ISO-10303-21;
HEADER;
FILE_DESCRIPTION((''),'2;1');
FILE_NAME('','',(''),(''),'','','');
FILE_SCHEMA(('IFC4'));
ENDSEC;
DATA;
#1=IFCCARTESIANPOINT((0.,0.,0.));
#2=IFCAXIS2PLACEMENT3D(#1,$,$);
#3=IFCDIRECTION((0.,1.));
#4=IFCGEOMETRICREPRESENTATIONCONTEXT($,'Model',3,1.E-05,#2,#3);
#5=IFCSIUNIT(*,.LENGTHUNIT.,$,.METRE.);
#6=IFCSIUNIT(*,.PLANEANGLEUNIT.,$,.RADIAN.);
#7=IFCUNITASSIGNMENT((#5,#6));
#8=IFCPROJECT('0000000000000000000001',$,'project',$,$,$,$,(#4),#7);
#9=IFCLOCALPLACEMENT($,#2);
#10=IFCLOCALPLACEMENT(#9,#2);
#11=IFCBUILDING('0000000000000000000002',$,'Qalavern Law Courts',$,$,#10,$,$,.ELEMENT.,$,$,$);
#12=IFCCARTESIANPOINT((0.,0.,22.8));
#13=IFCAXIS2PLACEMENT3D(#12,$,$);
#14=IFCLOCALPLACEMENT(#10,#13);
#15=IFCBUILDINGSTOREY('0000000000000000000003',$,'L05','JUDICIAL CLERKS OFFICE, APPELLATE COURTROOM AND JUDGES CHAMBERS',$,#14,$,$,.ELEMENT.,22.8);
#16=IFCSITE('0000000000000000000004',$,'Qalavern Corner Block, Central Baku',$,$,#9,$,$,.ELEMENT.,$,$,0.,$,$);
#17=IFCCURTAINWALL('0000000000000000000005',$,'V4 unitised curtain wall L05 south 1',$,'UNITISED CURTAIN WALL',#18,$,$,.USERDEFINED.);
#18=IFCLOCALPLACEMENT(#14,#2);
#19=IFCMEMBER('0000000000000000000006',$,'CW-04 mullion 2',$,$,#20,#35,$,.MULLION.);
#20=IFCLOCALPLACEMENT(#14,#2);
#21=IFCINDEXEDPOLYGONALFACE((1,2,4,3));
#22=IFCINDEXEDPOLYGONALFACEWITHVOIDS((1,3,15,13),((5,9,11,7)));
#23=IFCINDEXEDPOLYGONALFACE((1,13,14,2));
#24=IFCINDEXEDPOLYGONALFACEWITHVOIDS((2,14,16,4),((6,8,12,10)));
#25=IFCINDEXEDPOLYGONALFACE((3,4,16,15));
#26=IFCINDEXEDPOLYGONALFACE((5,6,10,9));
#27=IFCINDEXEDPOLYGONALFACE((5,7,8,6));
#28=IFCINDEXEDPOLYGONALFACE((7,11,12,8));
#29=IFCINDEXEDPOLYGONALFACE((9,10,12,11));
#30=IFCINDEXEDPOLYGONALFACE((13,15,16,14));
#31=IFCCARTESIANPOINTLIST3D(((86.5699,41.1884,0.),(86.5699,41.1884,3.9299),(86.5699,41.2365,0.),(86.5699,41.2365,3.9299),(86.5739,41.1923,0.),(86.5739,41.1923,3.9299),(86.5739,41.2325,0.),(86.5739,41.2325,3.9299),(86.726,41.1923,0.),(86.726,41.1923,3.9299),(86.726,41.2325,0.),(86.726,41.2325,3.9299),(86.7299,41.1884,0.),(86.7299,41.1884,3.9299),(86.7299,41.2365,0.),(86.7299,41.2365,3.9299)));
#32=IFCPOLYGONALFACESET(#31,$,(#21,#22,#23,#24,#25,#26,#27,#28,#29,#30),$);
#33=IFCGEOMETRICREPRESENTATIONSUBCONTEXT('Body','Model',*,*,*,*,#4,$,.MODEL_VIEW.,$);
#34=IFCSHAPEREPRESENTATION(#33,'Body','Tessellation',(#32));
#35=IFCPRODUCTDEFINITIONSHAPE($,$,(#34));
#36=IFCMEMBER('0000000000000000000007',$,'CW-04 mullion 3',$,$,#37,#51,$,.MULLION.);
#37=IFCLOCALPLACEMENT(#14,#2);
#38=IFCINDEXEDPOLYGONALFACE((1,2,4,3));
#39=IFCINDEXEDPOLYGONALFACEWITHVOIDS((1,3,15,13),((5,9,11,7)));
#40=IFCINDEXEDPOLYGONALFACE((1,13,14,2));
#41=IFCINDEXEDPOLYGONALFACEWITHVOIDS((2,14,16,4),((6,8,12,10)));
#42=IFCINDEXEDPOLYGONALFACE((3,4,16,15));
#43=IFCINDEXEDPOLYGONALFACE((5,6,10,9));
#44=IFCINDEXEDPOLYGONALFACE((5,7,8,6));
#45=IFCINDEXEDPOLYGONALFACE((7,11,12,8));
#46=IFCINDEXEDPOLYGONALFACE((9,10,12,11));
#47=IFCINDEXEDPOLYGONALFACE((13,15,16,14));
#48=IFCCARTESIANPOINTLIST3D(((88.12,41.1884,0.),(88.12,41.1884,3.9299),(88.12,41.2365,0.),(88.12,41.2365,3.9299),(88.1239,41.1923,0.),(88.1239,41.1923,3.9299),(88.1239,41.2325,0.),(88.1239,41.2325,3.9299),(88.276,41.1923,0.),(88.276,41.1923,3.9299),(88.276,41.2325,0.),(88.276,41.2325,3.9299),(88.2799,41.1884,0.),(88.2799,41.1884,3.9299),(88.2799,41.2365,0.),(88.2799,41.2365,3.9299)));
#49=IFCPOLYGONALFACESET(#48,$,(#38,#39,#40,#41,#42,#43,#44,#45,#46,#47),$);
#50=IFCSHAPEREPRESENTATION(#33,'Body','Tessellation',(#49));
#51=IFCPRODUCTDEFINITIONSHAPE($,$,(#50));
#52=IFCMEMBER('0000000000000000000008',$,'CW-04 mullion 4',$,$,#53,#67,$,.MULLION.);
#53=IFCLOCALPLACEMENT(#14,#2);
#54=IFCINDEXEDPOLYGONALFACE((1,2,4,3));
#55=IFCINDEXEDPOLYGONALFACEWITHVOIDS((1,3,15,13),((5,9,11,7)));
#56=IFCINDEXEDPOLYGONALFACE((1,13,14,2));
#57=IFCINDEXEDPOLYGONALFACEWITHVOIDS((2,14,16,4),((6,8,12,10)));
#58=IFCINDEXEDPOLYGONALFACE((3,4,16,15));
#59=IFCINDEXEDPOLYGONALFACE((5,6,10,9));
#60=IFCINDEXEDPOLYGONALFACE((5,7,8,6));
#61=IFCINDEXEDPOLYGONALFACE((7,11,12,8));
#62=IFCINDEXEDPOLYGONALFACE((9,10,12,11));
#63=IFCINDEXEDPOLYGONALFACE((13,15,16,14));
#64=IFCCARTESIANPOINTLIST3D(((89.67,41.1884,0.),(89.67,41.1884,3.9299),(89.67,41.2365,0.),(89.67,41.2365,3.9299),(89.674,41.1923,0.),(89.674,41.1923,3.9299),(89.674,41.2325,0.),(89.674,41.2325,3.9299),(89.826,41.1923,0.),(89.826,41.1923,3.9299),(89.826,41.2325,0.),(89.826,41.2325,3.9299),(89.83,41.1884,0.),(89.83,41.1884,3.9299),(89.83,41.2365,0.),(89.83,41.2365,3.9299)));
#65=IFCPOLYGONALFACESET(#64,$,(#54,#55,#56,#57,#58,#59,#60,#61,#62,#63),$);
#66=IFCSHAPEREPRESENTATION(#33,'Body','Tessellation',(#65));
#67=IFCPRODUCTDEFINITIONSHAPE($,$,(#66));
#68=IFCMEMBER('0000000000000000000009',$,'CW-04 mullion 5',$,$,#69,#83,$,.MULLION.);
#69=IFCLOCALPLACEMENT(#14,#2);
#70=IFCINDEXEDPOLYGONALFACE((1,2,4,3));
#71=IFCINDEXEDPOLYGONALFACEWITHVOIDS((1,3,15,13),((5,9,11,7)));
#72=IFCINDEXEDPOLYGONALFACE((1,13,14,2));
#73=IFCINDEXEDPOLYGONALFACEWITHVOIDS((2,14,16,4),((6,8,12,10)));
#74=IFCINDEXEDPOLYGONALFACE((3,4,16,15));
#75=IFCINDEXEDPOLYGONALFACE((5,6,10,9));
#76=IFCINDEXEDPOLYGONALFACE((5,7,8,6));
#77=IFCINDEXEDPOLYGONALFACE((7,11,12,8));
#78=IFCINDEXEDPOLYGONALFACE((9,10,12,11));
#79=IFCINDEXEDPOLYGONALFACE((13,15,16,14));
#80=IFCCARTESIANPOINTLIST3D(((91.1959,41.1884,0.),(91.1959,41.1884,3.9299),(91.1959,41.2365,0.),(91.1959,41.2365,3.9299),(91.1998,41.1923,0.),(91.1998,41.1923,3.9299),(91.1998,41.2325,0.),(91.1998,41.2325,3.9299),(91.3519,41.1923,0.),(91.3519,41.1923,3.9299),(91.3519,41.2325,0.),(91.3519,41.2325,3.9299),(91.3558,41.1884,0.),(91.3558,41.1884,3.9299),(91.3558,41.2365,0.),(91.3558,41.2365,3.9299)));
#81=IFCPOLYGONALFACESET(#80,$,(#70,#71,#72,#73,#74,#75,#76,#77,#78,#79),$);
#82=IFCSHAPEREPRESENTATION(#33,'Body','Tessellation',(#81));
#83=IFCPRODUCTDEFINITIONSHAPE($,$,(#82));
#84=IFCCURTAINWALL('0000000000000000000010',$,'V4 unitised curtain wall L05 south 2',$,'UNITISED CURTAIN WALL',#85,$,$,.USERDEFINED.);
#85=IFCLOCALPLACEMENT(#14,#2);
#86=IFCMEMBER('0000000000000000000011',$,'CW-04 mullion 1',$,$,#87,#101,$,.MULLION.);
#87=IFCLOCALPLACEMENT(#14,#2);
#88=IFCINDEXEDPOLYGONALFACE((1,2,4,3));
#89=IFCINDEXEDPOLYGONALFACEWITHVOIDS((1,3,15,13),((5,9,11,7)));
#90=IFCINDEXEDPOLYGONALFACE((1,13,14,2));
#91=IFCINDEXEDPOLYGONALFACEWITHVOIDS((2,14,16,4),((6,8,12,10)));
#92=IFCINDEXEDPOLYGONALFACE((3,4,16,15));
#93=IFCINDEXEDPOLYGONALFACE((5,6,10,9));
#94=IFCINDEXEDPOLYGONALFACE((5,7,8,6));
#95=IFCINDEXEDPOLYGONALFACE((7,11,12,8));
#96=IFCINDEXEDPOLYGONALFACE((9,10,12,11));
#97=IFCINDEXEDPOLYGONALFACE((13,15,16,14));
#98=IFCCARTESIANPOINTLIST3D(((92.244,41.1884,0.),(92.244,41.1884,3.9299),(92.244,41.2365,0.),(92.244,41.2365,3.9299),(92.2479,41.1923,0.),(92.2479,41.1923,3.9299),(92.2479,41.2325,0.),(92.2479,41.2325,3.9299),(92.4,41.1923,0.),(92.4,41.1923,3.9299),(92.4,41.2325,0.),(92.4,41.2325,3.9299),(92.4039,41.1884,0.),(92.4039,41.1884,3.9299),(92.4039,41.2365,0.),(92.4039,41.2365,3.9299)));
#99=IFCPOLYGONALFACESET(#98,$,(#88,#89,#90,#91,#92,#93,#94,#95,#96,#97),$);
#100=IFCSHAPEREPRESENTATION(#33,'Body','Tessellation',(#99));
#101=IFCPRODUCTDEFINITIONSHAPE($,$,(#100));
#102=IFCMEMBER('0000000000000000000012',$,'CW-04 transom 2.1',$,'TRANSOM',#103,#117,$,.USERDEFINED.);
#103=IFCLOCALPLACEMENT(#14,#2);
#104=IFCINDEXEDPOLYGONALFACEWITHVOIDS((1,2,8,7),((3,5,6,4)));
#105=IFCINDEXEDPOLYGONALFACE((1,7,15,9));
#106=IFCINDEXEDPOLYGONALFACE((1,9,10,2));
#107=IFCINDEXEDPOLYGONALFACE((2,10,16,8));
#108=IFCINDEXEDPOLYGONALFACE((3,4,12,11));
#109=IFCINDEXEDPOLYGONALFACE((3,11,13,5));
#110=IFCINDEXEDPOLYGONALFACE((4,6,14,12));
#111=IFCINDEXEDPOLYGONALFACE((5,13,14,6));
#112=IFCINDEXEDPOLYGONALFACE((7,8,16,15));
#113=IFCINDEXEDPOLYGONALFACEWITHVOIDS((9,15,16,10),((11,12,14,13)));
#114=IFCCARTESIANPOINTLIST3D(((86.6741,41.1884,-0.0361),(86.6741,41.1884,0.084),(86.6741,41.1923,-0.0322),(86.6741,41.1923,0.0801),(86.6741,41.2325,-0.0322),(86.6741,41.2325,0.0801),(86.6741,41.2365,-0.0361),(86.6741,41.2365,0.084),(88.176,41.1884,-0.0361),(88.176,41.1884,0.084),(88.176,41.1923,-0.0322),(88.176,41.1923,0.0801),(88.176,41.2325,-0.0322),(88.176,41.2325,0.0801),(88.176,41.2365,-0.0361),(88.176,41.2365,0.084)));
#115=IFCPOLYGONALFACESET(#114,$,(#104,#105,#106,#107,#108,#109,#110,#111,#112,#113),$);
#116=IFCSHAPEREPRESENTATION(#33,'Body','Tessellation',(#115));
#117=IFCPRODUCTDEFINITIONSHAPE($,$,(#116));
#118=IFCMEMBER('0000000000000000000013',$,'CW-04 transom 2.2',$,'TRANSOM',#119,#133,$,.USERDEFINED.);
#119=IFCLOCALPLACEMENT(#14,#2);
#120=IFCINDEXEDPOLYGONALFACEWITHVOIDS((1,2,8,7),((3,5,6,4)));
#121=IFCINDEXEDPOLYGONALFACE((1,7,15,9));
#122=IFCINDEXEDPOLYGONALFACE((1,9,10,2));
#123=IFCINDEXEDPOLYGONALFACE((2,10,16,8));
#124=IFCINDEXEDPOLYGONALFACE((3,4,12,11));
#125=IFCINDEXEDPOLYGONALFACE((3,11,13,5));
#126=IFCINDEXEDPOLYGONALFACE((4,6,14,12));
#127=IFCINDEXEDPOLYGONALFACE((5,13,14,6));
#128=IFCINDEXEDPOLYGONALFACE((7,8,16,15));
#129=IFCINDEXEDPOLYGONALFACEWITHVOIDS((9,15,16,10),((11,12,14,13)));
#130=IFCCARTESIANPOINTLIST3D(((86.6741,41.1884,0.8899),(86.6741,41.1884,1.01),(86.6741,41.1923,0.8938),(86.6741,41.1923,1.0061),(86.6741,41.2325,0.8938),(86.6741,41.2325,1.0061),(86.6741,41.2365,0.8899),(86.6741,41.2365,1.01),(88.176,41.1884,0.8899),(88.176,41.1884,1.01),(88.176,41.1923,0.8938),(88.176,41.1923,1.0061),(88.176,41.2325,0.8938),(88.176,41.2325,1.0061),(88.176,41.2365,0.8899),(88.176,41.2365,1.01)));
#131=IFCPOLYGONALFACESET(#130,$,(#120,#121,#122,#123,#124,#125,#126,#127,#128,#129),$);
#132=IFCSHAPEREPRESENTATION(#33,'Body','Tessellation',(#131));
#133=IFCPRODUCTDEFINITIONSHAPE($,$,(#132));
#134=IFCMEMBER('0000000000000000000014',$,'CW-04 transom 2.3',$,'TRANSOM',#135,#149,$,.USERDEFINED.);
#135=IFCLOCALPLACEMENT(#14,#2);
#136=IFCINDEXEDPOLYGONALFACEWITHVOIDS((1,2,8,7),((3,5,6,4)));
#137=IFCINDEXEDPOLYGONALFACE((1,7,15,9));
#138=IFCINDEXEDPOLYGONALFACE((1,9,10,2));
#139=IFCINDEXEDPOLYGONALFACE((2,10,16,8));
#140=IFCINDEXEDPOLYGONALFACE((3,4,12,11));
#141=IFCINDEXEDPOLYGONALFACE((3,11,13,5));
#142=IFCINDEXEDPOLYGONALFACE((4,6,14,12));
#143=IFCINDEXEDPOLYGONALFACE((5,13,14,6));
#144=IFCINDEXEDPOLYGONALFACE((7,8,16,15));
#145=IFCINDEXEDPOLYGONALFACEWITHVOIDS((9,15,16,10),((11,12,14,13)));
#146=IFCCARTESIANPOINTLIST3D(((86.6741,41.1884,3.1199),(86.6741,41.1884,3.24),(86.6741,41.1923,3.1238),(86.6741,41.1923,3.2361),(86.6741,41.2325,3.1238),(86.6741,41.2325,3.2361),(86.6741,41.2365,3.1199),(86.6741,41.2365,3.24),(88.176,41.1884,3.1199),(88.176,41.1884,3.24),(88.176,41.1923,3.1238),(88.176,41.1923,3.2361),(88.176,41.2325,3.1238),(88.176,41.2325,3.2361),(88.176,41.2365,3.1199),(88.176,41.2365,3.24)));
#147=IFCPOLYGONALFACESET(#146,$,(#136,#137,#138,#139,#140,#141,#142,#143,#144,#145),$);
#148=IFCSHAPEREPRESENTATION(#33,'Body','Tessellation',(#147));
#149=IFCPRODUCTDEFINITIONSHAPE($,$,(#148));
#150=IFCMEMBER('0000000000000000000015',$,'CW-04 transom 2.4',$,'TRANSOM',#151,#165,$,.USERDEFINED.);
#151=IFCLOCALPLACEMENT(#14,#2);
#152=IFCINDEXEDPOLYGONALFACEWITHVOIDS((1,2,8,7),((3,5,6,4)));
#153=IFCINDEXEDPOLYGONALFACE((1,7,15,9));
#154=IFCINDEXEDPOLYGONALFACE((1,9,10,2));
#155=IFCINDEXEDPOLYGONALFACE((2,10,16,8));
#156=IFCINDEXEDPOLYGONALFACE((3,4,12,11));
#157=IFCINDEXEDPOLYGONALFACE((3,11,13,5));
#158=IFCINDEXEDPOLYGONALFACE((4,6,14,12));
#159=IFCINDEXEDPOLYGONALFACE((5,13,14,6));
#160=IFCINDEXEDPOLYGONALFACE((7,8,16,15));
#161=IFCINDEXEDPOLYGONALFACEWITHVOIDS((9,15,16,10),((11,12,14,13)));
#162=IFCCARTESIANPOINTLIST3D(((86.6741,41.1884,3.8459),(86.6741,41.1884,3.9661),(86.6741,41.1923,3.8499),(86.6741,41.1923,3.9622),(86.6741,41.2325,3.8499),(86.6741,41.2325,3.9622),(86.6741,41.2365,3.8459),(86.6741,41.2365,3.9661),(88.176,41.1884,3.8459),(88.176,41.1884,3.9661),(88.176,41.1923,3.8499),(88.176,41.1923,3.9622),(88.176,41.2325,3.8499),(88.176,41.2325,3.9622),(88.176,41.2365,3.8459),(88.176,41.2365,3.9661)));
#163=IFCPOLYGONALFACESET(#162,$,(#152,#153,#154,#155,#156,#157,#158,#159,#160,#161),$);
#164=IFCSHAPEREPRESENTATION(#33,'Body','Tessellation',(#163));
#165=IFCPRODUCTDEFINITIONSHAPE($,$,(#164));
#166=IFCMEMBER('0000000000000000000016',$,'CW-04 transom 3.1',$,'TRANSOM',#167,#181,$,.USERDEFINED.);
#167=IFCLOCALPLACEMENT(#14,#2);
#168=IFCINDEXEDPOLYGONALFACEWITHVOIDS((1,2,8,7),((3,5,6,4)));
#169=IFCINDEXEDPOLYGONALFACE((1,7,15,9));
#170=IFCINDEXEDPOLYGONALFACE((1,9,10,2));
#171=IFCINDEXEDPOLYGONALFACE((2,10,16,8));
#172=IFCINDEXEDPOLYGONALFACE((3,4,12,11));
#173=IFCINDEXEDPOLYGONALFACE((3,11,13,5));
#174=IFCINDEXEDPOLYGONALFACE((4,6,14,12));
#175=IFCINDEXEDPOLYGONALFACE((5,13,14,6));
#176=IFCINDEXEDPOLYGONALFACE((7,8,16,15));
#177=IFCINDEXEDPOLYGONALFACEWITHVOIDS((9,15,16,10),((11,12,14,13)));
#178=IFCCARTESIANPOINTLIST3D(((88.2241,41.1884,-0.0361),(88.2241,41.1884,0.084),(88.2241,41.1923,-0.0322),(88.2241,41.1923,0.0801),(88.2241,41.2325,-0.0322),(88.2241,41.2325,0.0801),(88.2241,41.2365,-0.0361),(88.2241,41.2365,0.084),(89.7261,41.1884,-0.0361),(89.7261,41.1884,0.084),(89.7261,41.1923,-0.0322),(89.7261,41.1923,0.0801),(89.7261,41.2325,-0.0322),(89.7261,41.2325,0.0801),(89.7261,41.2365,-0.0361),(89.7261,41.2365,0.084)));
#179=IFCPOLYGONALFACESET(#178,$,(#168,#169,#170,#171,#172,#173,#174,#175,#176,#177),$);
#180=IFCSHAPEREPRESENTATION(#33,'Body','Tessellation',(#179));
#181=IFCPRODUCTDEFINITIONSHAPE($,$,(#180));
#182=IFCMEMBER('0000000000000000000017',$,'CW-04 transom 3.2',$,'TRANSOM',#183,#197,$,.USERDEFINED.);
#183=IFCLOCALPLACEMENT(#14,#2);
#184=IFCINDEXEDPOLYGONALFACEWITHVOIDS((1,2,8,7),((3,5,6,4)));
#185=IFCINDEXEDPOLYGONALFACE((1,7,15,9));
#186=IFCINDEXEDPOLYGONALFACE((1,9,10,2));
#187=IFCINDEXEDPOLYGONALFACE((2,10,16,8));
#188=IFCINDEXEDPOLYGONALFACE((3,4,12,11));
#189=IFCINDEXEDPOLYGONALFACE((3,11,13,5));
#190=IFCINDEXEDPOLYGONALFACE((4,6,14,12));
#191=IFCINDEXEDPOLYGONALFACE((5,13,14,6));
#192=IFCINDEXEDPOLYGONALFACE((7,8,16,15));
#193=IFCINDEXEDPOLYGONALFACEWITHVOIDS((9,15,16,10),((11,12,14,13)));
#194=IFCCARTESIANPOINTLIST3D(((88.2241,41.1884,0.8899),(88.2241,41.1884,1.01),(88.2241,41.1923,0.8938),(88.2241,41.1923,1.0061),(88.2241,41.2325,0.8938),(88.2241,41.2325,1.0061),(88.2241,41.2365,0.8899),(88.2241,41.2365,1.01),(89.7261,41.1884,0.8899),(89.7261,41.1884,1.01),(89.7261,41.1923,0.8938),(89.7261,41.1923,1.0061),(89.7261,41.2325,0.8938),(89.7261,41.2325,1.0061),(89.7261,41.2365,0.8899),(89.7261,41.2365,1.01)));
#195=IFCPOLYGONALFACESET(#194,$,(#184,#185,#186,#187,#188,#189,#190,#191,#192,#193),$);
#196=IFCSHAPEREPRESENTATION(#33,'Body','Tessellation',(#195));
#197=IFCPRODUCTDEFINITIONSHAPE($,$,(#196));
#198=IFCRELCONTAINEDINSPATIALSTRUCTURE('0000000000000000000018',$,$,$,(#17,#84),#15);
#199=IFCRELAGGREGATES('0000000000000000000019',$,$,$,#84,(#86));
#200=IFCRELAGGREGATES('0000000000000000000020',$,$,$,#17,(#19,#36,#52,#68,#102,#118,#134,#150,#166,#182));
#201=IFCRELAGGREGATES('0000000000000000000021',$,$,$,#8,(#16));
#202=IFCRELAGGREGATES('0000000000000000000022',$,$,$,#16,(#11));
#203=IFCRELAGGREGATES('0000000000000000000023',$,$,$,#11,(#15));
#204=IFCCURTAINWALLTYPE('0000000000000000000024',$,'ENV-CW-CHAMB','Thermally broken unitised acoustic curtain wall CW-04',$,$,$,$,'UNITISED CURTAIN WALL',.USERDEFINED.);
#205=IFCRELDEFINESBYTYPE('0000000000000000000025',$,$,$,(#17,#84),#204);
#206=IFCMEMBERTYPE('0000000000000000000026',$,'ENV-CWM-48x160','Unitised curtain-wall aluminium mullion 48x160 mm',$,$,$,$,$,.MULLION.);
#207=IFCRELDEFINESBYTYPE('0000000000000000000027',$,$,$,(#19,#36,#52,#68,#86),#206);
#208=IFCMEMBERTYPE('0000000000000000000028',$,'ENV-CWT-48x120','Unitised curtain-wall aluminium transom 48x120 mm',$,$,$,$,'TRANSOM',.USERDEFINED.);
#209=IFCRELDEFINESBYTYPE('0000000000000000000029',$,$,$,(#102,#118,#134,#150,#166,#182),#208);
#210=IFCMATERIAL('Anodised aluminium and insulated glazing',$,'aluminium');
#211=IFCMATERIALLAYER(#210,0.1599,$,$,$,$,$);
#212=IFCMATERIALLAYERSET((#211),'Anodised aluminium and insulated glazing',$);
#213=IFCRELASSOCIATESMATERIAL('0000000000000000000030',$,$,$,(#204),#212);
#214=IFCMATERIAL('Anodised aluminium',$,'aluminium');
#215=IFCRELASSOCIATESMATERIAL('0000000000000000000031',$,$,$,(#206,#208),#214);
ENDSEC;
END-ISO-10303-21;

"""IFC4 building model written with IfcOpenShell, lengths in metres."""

from ifc_helpers import new_model, si_unit, direction, frame, origin, origin_2d, place, context, subcontext, project, spatial, hollow_rectangle, extrude, material, layer, layer_set, material_profile, profile_set, type_object, element, aggregate, save


model = new_model("IFC4")

# Units and contexts
model_context = context("Model", 3, precision=1e-05, world=origin(), true_north=direction((0.0, 1.0)))
body_context = subcontext(model_context, "Body", "Model", "MODEL_VIEW")
ifc_project = project(units=[si_unit("LENGTHUNIT", "METRE"), si_unit("PLANEANGLEUNIT", "RADIAN")], contexts=[model_context])

# Site, building, storey
site_placement = place(None, origin())
site = spatial("IfcSite", under=ifc_project, at=site_placement, Name="Qalavern Corner Block, Central Baku", CompositionType="ELEMENT", RefElevation=0.0)
building_placement = place(site_placement, origin())
building = spatial("IfcBuilding", under=site, at=building_placement, Name="Qalavern Law Courts", CompositionType="ELEMENT")
storey_placement = place(building_placement, frame((0.0, 0.0, 22.8)))
storey = spatial("IfcBuildingStorey", under=building, at=storey_placement, Name="L05", Description="JUDICIAL CLERKS OFFICE, APPELLATE COURTROOM AND JUDGES CHAMBERS", CompositionType="ELEMENT", Elevation=22.8)

# Curtain wall, members
ifc_material_1 = material(Name="Anodised aluminium and insulated glazing", Category="aluminium")
ifc_layer_1 = layer(ifc_material_1, 0.1599)
ifc_layer_set_1 = layer_set([ifc_layer_1], Name="Anodised aluminium and insulated glazing")
curtain_wall_type = type_object("IfcCurtainWallType", Name="ENV-CW-CHAMB", Description="Thermally broken unitised acoustic curtain wall CW-04", ElementType="UNITISED CURTAIN WALL", PredefinedType="USERDEFINED", material=ifc_layer_set_1)
curtain_wall_1_placement = place(storey_placement, origin())
curtain_wall_1 = element("IfcCurtainWall", 1, at=curtain_wall_1_placement, inside=storey, type_object=curtain_wall_type, Name="V4 unitised curtain wall L05 south 1", ObjectType="UNITISED CURTAIN WALL", PredefinedType="USERDEFINED")
ifc_material_2 = material(Name="Anodised aluminium", Category="aluminium")
ifc_material_profile_1 = material_profile(ifc_material_2, hollow_rectangle(XDim=0.0481, YDim=0.1599, WallThickness=0.0039, at=origin_2d()), Name="ALU MULLION 48x160")
ifc_profile_set_1 = profile_set([ifc_material_profile_1], Name="Anodised aluminium")
member_type_1 = type_object("IfcMemberType", Name="ENV-CWM-48x160", Description="Unitised curtain-wall aluminium mullion 48x160 mm", PredefinedType="MULLION", material=ifc_profile_set_1)
member_1_placement = place(storey_placement, frame((86.6499, 41.2124, 0.0), z_axis=(0.0, 0.0, 1.0), x_axis=(0.0, 1.0, 0.0)))
member_1 = element("IfcMember", 2, at=member_1_placement, type_object=member_type_1, Name="CW-04 mullion 2", PredefinedType="MULLION", context=body_context, shape_type="SweptSolid", body=[
    extrude(hollow_rectangle(XDim=0.0481, YDim=0.1599, WallThickness=0.0039, at=origin_2d()), origin(), (0.0, 0.0, 1.0), 3.9299),
])
member_2_placement = place(storey_placement, frame((88.2, 41.2124, 0.0), z_axis=(0.0, 0.0, 1.0), x_axis=(0.0, 1.0, 0.0)))
member_2 = element("IfcMember", 3, at=member_2_placement, type_object=member_type_1, Name="CW-04 mullion 3", PredefinedType="MULLION", context=body_context, shape_type="SweptSolid", body=[
    extrude(hollow_rectangle(XDim=0.0481, YDim=0.1599, WallThickness=0.0039, at=origin_2d()), origin(), (0.0, 0.0, 1.0), 3.9299),
])
member_3_placement = place(storey_placement, frame((89.75, 41.2124, 0.0), z_axis=(0.0, 0.0, 1.0), x_axis=(0.0, 1.0, 0.0)))
member_3 = element("IfcMember", 4, at=member_3_placement, type_object=member_type_1, Name="CW-04 mullion 4", PredefinedType="MULLION", context=body_context, shape_type="SweptSolid", body=[
    extrude(hollow_rectangle(XDim=0.0481, YDim=0.1599, WallThickness=0.0039, at=origin_2d()), origin(), (0.0, 0.0, 1.0), 3.9299),
])
member_4_placement = place(storey_placement, frame((91.2759, 41.2124, 0.0), z_axis=(0.0, 0.0, 1.0), x_axis=(0.0, 1.0, 0.0)))
member_4 = element("IfcMember", 5, at=member_4_placement, type_object=member_type_1, Name="CW-04 mullion 5", PredefinedType="MULLION", context=body_context, shape_type="SweptSolid", body=[
    extrude(hollow_rectangle(XDim=0.0481, YDim=0.1599, WallThickness=0.0039, at=origin_2d()), origin(), (0.0, 0.0, 1.0), 3.9299),
])

# Curtain wall, member
curtain_wall_2_placement = place(storey_placement, origin())
curtain_wall_2 = element("IfcCurtainWall", 6, at=curtain_wall_2_placement, inside=storey, type_object=curtain_wall_type, Name="V4 unitised curtain wall L05 south 2", ObjectType="UNITISED CURTAIN WALL", PredefinedType="USERDEFINED")
member_5_placement = place(storey_placement, frame((92.324, 41.2124, 0.0), z_axis=(0.0, 0.0, 1.0), x_axis=(0.0, 1.0, 0.0)))
member_5 = element("IfcMember", 7, at=member_5_placement, type_object=member_type_1, Name="CW-04 mullion 1", PredefinedType="MULLION", context=body_context, shape_type="SweptSolid", body=[
    extrude(hollow_rectangle(XDim=0.0481, YDim=0.1599, WallThickness=0.0039, at=origin_2d()), origin(), (0.0, 0.0, 1.0), 3.9299),
])

# Members
ifc_material_profile_2 = material_profile(ifc_material_2, hollow_rectangle(XDim=0.0481, YDim=0.1201, WallThickness=0.0039, at=origin_2d()), Name="ALU TRANSOM 48x120")
ifc_profile_set_2 = profile_set([ifc_material_profile_2], Name="Anodised aluminium")
member_type_2 = type_object("IfcMemberType", Name="ENV-CWT-48x120", Description="Unitised curtain-wall aluminium transom 48x120 mm", ElementType="TRANSOM", PredefinedType="USERDEFINED", material=ifc_profile_set_2)
member_6_placement = place(storey_placement, frame((86.6741, 41.2124, 0.0239), z_axis=(1.0, 0.0, 0.0), x_axis=(0.0, 1.0, 0.0)))
member_6 = element("IfcMember", 8, at=member_6_placement, type_object=member_type_2, Name="CW-04 transom 2.1", ObjectType="TRANSOM", PredefinedType="USERDEFINED", context=body_context, shape_type="SweptSolid", body=[
    extrude(hollow_rectangle(XDim=0.0481, YDim=0.1201, WallThickness=0.0039, at=origin_2d()), origin(), (0.0, 0.0, 1.0), 1.502),
])
member_7_placement = place(storey_placement, frame((86.6741, 41.2124, 0.95), z_axis=(1.0, 0.0, 0.0), x_axis=(0.0, 1.0, 0.0)))
member_7 = element("IfcMember", 9, at=member_7_placement, type_object=member_type_2, Name="CW-04 transom 2.2", ObjectType="TRANSOM", PredefinedType="USERDEFINED", context=body_context, shape_type="SweptSolid", body=[
    extrude(hollow_rectangle(XDim=0.0481, YDim=0.1201, WallThickness=0.0039, at=origin_2d()), origin(), (0.0, 0.0, 1.0), 1.502),
])
member_8_placement = place(storey_placement, frame((86.6741, 41.2124, 3.1799), z_axis=(1.0, 0.0, 0.0), x_axis=(0.0, 1.0, 0.0)))
member_8 = element("IfcMember", 10, at=member_8_placement, type_object=member_type_2, Name="CW-04 transom 2.3", ObjectType="TRANSOM", PredefinedType="USERDEFINED", context=body_context, shape_type="SweptSolid", body=[
    extrude(hollow_rectangle(XDim=0.0481, YDim=0.1201, WallThickness=0.0039, at=origin_2d()), origin(), (0.0, 0.0, 1.0), 1.502),
])
member_9_placement = place(storey_placement, frame((86.6741, 41.2124, 3.906), z_axis=(1.0, 0.0, 0.0), x_axis=(0.0, 1.0, 0.0)))
member_9 = element("IfcMember", 11, at=member_9_placement, type_object=member_type_2, Name="CW-04 transom 2.4", ObjectType="TRANSOM", PredefinedType="USERDEFINED", context=body_context, shape_type="SweptSolid", body=[
    extrude(hollow_rectangle(XDim=0.0481, YDim=0.1201, WallThickness=0.0039, at=origin_2d()), origin(), (0.0, 0.0, 1.0), 1.502),
])
member_10_placement = place(storey_placement, frame((88.2241, 41.2124, 0.0239), z_axis=(1.0, 0.0, 0.0), x_axis=(0.0, 1.0, 0.0)))
member_10 = element("IfcMember", 12, at=member_10_placement, type_object=member_type_2, Name="CW-04 transom 3.1", ObjectType="TRANSOM", PredefinedType="USERDEFINED", context=body_context, shape_type="SweptSolid", body=[
    extrude(hollow_rectangle(XDim=0.0481, YDim=0.1201, WallThickness=0.0039, at=origin_2d()), origin(), (0.0, 0.0, 1.0), 1.502),
])
member_11_placement = place(storey_placement, frame((88.2241, 41.2124, 0.95), z_axis=(1.0, 0.0, 0.0), x_axis=(0.0, 1.0, 0.0)))
member_11 = element("IfcMember", 13, at=member_11_placement, type_object=member_type_2, Name="CW-04 transom 3.2", ObjectType="TRANSOM", PredefinedType="USERDEFINED", context=body_context, shape_type="SweptSolid", body=[
    extrude(hollow_rectangle(XDim=0.0481, YDim=0.1201, WallThickness=0.0039, at=origin_2d()), origin(), (0.0, 0.0, 1.0), 1.502),
])
aggregate(curtain_wall_2, [member_5])

aggregate(curtain_wall_1, [member_1, member_2, member_3, member_4, member_6, member_7, member_8, member_9, member_10, member_11])

save(model, "model.ifc")
